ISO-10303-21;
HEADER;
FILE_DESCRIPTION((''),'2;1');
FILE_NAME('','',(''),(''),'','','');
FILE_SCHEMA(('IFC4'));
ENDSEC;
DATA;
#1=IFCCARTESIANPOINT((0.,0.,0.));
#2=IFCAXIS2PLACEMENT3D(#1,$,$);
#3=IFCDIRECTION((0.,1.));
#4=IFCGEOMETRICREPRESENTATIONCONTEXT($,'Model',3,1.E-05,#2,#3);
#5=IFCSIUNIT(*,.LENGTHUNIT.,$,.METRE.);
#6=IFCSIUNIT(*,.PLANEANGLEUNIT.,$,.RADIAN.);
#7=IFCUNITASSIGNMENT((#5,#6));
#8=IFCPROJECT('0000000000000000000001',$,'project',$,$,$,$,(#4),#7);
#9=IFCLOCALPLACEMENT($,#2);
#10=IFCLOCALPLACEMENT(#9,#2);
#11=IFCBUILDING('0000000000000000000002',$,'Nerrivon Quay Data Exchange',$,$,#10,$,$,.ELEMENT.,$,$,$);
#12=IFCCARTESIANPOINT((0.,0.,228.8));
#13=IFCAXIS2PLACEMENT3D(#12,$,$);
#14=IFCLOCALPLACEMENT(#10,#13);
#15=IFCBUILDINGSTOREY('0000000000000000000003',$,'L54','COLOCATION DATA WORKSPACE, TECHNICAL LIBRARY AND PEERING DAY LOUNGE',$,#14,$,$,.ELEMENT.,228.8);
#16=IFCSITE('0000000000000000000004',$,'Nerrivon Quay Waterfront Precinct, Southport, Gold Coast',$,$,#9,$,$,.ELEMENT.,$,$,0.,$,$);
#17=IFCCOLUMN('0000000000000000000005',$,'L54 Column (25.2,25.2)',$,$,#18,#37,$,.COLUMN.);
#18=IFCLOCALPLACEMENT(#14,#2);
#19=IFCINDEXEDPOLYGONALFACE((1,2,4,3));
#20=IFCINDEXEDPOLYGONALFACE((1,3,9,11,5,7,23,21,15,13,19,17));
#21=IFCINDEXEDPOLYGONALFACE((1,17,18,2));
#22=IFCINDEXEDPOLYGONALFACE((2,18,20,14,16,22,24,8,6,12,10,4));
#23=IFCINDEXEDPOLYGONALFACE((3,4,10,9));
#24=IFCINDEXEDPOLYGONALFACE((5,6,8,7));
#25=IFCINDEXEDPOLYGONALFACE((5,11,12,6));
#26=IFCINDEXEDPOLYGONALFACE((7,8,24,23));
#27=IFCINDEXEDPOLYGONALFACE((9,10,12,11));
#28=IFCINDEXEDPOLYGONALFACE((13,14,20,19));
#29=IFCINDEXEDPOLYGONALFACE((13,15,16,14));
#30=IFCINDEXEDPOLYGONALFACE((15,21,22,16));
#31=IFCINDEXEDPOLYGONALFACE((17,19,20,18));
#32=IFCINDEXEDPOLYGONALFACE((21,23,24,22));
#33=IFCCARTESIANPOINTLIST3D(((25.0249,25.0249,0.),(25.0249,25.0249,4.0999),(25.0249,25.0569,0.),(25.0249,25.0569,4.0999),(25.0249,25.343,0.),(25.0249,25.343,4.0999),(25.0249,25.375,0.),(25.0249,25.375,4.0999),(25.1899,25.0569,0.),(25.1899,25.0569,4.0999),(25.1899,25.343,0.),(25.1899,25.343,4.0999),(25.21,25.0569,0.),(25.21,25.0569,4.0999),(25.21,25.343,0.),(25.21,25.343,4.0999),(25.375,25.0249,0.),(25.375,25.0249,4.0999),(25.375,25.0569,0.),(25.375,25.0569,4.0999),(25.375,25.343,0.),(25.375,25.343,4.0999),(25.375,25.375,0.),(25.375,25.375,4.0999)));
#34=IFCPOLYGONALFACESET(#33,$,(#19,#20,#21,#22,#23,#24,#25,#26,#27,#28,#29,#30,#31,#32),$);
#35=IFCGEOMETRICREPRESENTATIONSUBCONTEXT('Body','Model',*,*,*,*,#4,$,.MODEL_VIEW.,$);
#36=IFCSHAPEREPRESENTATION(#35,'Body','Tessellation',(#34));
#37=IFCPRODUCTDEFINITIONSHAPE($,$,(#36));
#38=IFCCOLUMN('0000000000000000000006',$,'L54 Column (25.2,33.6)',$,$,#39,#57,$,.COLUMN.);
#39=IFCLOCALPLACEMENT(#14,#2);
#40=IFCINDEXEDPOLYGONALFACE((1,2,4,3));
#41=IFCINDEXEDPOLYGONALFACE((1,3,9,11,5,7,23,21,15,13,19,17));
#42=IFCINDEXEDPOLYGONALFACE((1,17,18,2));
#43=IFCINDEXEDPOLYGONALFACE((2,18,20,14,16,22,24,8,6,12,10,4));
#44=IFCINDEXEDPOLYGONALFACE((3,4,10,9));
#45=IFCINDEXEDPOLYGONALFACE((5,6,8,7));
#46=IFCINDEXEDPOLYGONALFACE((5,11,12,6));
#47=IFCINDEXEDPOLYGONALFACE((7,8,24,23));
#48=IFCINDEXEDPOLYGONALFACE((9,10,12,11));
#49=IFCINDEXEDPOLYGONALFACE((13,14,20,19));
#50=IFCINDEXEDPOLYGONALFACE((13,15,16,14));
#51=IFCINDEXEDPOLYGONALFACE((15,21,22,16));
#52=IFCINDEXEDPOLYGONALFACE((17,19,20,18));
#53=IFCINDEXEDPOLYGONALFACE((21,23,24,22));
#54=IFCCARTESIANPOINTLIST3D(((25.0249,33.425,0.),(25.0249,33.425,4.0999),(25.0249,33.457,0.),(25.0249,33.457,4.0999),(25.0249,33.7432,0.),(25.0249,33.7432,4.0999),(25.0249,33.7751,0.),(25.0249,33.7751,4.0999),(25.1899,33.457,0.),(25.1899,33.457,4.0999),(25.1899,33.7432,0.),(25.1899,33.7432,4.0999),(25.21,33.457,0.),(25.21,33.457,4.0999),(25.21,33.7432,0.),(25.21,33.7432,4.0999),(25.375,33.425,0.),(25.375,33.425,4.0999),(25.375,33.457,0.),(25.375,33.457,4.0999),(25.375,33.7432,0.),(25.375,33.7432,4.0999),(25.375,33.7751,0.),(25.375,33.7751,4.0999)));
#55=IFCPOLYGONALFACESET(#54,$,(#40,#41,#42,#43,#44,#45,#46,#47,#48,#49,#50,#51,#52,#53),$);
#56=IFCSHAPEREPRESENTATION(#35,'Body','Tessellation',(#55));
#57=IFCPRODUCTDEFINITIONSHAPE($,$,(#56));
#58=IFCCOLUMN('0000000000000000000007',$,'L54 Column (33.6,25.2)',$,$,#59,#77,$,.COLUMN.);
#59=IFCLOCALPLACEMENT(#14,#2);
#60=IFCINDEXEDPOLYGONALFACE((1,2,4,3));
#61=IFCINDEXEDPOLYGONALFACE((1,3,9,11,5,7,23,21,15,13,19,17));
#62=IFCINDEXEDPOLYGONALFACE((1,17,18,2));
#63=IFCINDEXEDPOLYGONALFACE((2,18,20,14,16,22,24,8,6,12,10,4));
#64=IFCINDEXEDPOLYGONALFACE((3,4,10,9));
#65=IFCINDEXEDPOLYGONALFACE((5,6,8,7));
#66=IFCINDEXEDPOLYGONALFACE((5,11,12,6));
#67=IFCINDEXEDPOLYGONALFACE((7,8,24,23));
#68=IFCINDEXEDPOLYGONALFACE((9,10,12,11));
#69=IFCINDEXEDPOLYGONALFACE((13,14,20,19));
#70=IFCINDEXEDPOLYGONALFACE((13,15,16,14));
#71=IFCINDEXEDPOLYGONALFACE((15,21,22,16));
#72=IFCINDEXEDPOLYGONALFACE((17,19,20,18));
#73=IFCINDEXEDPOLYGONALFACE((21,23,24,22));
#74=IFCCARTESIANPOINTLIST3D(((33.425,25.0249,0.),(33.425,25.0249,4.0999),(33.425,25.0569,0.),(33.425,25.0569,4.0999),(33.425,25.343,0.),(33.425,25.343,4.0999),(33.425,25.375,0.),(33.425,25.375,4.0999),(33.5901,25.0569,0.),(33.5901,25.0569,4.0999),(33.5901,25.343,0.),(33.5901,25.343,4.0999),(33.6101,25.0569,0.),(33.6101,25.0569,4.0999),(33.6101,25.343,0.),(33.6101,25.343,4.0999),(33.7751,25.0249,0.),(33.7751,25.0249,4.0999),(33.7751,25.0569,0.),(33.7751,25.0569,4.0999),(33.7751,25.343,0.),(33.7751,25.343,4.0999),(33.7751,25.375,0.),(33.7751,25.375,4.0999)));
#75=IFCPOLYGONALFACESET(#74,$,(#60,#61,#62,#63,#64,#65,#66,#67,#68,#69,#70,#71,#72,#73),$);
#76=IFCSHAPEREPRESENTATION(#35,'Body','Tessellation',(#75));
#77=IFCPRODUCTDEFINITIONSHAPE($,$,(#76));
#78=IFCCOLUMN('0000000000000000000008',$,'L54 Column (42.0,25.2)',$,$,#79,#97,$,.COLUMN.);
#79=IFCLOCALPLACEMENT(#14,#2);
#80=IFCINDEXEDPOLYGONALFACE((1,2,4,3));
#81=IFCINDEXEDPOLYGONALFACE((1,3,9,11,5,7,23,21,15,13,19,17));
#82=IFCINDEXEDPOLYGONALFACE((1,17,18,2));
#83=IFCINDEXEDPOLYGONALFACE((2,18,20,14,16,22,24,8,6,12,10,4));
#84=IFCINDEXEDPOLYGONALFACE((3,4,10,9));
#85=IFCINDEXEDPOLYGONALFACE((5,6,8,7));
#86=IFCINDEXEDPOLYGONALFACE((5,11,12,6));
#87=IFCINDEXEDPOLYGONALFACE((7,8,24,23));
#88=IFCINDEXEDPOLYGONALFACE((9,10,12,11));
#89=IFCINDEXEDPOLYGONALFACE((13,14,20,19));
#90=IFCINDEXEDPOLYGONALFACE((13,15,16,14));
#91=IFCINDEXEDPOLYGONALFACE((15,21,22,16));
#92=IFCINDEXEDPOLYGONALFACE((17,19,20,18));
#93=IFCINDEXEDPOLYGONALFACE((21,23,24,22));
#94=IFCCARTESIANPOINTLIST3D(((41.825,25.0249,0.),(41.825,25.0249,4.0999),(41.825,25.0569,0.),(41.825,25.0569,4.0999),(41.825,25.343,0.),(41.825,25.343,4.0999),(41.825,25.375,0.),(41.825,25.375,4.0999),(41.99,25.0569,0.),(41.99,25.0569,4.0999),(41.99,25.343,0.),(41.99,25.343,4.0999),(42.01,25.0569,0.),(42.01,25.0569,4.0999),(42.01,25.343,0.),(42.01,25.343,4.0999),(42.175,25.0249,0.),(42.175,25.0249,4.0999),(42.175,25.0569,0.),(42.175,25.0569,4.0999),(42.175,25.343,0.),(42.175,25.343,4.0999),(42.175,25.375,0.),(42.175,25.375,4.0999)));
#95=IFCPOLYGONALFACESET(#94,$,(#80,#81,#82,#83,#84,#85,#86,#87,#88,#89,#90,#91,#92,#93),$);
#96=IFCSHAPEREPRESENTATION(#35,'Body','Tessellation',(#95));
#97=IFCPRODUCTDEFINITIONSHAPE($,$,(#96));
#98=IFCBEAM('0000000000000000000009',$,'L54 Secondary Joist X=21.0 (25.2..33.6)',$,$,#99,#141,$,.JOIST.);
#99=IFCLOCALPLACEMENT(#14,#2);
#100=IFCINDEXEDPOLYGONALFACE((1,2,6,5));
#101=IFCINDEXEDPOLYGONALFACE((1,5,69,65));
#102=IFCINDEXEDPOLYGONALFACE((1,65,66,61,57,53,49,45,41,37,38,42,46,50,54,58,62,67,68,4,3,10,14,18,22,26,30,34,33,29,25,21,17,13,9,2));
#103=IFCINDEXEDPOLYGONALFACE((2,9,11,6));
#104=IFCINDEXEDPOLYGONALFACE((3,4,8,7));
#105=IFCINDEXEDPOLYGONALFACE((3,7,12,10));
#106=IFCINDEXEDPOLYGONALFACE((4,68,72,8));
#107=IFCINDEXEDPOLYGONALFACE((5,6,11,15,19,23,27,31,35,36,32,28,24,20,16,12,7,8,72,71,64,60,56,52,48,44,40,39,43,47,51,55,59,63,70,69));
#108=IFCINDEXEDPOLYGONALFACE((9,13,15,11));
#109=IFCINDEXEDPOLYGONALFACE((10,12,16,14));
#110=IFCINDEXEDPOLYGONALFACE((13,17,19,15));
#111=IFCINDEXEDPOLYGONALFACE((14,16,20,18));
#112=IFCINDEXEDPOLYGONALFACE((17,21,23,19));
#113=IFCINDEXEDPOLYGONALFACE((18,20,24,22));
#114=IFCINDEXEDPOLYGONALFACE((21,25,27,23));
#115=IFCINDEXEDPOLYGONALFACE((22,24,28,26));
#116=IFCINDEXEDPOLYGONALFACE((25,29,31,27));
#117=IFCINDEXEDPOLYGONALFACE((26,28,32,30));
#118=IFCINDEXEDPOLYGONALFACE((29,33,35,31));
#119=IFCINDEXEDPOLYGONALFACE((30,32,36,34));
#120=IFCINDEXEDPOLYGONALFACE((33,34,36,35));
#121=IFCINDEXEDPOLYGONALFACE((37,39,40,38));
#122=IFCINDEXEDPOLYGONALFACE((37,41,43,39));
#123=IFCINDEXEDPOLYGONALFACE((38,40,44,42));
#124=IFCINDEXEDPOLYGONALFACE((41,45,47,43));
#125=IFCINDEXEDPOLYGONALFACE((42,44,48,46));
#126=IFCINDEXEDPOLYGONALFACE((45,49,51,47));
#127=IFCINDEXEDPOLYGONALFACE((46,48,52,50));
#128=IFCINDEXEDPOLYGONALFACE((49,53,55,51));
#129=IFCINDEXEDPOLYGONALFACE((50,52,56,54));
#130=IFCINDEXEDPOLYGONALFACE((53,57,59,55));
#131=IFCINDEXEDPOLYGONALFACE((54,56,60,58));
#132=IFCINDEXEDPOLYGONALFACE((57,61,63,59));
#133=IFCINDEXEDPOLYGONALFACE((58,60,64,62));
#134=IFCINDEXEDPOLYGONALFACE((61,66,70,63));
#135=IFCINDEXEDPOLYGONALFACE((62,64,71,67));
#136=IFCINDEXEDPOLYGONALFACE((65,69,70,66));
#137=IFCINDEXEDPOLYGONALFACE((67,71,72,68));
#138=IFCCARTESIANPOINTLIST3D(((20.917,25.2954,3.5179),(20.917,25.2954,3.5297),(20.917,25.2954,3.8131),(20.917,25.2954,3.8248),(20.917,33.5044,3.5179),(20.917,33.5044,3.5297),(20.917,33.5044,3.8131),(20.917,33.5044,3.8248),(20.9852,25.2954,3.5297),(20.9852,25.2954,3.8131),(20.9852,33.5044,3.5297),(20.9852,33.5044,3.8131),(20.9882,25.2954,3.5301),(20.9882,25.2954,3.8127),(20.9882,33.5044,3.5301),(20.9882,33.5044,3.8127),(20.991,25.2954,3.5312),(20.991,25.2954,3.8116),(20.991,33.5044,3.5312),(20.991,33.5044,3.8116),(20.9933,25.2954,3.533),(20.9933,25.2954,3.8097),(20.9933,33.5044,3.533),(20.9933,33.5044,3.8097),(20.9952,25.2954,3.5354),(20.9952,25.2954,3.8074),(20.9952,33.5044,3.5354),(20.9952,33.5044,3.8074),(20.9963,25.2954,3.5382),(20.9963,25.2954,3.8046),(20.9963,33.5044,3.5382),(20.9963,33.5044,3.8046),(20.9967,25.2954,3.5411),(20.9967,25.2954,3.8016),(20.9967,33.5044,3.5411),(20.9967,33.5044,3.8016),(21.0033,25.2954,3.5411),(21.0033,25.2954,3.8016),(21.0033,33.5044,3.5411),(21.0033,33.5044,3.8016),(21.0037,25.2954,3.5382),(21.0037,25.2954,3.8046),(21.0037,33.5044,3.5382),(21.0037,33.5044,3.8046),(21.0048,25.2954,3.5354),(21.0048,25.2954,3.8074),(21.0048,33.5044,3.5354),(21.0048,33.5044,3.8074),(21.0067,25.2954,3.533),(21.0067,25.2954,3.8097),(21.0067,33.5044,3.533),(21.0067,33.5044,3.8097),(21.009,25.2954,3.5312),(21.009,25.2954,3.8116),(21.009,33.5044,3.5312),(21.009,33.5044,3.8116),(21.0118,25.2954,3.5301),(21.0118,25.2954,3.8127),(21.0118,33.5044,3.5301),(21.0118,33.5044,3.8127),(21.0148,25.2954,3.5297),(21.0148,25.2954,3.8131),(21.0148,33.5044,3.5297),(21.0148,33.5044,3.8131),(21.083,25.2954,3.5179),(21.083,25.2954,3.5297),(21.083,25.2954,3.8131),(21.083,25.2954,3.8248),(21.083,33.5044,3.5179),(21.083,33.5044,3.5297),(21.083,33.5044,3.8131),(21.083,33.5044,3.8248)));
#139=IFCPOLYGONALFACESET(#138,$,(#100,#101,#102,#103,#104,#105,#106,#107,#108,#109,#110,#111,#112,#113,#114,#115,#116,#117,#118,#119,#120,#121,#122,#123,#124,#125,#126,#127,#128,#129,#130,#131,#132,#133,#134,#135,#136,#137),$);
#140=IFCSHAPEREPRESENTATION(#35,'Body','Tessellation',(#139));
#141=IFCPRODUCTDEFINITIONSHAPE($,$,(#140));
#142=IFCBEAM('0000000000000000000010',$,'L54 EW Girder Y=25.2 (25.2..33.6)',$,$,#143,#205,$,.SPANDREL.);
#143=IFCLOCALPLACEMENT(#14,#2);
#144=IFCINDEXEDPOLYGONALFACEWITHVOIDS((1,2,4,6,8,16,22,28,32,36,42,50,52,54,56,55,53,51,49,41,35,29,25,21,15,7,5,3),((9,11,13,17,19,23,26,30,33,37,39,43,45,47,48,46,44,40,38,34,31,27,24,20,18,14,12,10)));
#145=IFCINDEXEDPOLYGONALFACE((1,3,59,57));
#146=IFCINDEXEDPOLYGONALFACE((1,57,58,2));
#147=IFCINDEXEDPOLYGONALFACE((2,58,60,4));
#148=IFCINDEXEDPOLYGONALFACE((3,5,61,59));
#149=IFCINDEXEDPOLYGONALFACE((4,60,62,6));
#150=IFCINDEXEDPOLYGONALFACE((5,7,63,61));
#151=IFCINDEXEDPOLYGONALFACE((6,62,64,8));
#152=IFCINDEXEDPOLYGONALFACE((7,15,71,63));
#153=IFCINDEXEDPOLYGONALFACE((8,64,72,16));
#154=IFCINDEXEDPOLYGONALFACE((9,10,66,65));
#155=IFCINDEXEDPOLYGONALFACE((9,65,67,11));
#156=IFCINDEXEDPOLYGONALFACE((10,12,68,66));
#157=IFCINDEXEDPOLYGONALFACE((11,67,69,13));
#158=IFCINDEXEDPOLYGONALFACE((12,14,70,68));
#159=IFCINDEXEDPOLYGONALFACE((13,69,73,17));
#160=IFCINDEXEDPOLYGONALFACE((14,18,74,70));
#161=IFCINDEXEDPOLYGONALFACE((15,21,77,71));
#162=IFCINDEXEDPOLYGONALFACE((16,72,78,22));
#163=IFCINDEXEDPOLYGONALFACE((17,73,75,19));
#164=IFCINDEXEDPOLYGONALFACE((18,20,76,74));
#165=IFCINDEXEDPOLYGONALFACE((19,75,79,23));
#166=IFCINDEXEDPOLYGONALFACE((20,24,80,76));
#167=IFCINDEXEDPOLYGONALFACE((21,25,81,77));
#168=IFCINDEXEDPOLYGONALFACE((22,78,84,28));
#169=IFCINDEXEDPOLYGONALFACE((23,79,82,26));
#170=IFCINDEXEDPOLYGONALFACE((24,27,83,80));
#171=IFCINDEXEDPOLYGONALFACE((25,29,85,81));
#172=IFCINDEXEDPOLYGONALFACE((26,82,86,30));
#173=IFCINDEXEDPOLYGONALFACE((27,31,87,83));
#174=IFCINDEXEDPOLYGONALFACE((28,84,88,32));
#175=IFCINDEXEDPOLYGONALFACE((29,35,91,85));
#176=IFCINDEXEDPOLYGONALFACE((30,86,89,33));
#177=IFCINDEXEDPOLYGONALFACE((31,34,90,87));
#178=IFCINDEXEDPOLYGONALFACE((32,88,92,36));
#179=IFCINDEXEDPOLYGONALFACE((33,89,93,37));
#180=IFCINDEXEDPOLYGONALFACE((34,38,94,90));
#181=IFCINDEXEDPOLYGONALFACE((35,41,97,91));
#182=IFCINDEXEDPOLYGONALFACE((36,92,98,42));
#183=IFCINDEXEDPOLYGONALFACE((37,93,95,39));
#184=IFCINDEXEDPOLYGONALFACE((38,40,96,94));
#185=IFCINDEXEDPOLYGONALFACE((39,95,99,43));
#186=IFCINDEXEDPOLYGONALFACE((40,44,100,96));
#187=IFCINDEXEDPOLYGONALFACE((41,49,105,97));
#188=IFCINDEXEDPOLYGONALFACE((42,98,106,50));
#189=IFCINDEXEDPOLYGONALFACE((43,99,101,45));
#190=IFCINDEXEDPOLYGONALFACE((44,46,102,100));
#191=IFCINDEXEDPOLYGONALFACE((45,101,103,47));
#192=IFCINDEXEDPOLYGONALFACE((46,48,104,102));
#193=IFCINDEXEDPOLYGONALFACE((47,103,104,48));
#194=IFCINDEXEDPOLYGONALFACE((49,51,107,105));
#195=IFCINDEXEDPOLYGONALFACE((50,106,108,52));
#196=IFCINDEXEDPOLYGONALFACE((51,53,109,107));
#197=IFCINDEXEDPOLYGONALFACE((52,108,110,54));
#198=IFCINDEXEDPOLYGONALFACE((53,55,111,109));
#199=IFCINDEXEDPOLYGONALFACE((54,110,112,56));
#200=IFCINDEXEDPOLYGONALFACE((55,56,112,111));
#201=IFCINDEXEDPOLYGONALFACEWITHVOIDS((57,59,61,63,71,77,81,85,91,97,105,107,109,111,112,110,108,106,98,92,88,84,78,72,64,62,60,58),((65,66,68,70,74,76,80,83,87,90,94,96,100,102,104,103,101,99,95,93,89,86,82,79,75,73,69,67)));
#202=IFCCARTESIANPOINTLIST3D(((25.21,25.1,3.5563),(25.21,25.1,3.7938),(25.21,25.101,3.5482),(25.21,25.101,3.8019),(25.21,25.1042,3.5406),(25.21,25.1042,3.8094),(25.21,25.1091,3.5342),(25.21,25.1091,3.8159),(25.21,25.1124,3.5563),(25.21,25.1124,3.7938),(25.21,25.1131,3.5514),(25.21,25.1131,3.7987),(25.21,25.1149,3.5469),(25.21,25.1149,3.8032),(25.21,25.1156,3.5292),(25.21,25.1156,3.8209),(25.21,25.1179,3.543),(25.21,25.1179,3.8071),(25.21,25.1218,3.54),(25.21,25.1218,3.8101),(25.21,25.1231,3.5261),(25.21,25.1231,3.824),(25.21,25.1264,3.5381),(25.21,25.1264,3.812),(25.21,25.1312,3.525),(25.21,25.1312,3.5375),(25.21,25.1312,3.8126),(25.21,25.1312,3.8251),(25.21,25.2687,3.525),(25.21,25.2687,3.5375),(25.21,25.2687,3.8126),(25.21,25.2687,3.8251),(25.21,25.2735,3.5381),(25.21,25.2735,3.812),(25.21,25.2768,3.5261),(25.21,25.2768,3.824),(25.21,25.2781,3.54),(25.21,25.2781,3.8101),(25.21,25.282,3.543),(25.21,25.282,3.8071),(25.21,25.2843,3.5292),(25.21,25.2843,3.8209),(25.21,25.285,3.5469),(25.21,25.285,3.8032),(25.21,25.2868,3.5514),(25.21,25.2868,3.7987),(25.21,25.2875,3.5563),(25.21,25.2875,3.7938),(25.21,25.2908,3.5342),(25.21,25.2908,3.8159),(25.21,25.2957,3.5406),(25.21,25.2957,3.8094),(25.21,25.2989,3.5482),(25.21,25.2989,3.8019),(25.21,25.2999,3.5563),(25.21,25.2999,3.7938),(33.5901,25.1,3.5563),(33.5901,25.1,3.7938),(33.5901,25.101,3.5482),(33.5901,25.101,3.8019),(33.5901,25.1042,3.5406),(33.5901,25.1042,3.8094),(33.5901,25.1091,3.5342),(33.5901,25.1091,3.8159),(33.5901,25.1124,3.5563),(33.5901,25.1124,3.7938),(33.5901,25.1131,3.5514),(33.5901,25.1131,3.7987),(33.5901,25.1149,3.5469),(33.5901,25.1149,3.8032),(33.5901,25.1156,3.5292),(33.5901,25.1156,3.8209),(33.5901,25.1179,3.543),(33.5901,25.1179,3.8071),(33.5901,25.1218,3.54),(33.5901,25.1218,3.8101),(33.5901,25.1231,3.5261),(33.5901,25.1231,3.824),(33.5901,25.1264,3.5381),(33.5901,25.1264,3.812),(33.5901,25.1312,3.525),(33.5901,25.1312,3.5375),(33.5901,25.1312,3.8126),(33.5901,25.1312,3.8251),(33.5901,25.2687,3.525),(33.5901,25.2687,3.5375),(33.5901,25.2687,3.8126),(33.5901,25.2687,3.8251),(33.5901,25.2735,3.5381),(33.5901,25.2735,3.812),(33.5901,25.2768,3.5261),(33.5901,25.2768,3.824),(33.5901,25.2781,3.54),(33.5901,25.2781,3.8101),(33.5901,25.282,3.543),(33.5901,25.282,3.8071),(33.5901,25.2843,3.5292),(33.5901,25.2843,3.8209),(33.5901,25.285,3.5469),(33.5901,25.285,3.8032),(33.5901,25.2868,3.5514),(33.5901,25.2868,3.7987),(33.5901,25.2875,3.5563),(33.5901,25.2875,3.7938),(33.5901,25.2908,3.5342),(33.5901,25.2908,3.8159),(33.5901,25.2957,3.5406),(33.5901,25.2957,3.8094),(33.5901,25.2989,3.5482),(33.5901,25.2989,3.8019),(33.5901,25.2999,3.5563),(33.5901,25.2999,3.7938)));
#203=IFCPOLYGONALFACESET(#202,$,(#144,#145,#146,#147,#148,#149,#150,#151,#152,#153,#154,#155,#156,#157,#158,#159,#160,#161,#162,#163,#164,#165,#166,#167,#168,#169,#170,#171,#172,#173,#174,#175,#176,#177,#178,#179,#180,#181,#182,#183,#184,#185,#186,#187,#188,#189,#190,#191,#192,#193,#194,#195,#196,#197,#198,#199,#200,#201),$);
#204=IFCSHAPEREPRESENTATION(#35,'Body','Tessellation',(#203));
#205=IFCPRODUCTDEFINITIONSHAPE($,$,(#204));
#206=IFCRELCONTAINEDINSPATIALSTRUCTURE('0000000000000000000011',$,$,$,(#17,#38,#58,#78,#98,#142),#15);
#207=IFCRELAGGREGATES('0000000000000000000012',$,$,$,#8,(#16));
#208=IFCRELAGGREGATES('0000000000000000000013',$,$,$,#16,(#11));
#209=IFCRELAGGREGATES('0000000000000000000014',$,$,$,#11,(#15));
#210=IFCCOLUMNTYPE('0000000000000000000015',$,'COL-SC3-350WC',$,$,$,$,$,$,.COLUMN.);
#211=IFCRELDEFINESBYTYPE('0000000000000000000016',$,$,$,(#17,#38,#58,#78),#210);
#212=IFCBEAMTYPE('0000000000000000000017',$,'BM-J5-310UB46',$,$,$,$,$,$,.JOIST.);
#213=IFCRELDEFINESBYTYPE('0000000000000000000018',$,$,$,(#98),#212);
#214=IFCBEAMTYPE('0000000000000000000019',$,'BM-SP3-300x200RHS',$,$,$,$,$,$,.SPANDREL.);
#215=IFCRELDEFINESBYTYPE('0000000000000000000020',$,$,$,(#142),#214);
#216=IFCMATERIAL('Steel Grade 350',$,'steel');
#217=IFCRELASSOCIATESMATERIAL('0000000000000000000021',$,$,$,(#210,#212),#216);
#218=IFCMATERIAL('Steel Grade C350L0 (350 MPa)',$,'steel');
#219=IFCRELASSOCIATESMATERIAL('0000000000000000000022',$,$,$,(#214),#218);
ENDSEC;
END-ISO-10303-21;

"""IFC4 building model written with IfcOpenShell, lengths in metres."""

from ifc_helpers import new_model, si_unit, direction, frame, origin, origin_2d, place, context, subcontext, project, spatial, hollow_rectangle, i_section, extrude, material, material_profile, profile_set, type_object, element, save


model = new_model("IFC4")

# Units and contexts
model_context = context("Model", 3, precision=1e-05, world=origin(), true_north=direction((0.0, 1.0)))
body_context = subcontext(model_context, "Body", "Model", "MODEL_VIEW")
ifc_project = project(units=[si_unit("LENGTHUNIT", "METRE"), si_unit("PLANEANGLEUNIT", "RADIAN")], contexts=[model_context])

# Site, building, storey
site_placement = place(None, origin())
site = spatial("IfcSite", under=ifc_project, at=site_placement, Name="Nerrivon Quay Waterfront Precinct, Southport, Gold Coast", CompositionType="ELEMENT", RefElevation=0.0)
building_placement = place(site_placement, origin())
building = spatial("IfcBuilding", under=site, at=building_placement, Name="Nerrivon Quay Data Exchange", CompositionType="ELEMENT")
storey_placement = place(building_placement, frame((0.0, 0.0, 228.8)))
storey = spatial("IfcBuildingStorey", under=building, at=storey_placement, Name="L54", Description="COLOCATION DATA WORKSPACE, TECHNICAL LIBRARY AND PEERING DAY LOUNGE", CompositionType="ELEMENT", Elevation=228.8)

# Columns
ifc_material_1 = material(Name="Steel Grade 350", Category="steel")
ifc_material_profile_1 = material_profile(ifc_material_1, i_section(OverallWidth=0.3501, OverallDepth=0.3501, WebThickness=0.02, FlangeThickness=0.032, at=origin_2d()), Name="350WC230")
ifc_profile_set_1 = profile_set([ifc_material_profile_1], Name="Steel Grade 350")
column_type = type_object("IfcColumnType", Name="COL-SC3-350WC", PredefinedType="COLUMN", material=ifc_profile_set_1)
for number, where, z_axis, x_axis, name in (
    (1, (25.2, 25.2, 0.0), (0.0, 0.0, 1.0), (1.0, 0.0, 0.0), "L54 Column (25.2,25.2)"),
    (2, (25.2, 33.6001, 0.0), (0.0, 0.0, 1.0), (1.0, 0.0, 0.0), "L54 Column (25.2,33.6)"),
    (3, (33.6001, 25.2, 0.0), (0.0, 0.0, 1.0), (1.0, 0.0, 0.0), "L54 Column (33.6,25.2)"),
    (4, (42.0, 25.2, 0.0), (0.0, 0.0, 1.0), (1.0, 0.0, 0.0), "L54 Column (42.0,25.2)"),
):
    element("IfcColumn", number, at=place(storey_placement, frame(where, z_axis=z_axis, x_axis=x_axis)), inside=storey, type_object=column_type, Name=name, PredefinedType="COLUMN", context=body_context, shape_type="SweptSolid", body=[
        extrude(i_section(OverallWidth=0.3501, OverallDepth=0.3501, WebThickness=0.02, FlangeThickness=0.032, at=origin_2d()), origin(), (0.0, 0.0, 1.0), 4.0999),
    ])

# Beams
ifc_material_profile_2 = material_profile(ifc_material_1, i_section(OverallWidth=0.166, OverallDepth=0.3069, WebThickness=0.0066, FlangeThickness=0.0117, FilletRadius=0.0115, at=origin_2d()), Name="310UB46.2")
ifc_profile_set_2 = profile_set([ifc_material_profile_2], Name="Steel Grade 350")
beam_type_1 = type_object("IfcBeamType", Name="BM-J5-310UB46", PredefinedType="JOIST", material=ifc_profile_set_2)
beam_1_placement = place(storey_placement, frame((21.0, 25.2954, 3.6714), z_axis=(0.0, 1.0, 0.0), x_axis=(-1.0, 0.0, 0.0)))
element("IfcBeam", 5, at=beam_1_placement, inside=storey, type_object=beam_type_1, Name="L54 Secondary Joist X=21.0 (25.2..33.6)", PredefinedType="JOIST", context=body_context, shape_type="SweptSolid", body=[
    extrude(i_section(OverallWidth=0.166, OverallDepth=0.3069, WebThickness=0.0066, FlangeThickness=0.0117, FilletRadius=0.0115, at=origin_2d()), origin(), (0.0, 0.0, 1.0), 8.209),
])
ifc_material_2 = material(Name="Steel Grade C350L0 (350 MPa)", Category="steel")
ifc_material_profile_3 = material_profile(ifc_material_2, hollow_rectangle(XDim=0.2, YDim=0.3, WallThickness=0.0125, InnerFilletRadius=0.0188, OuterFilletRadius=0.0312, at=origin_2d()), Name="300x200x12.5RHS")
ifc_profile_set_3 = profile_set([ifc_material_profile_3], Name="Steel Grade C350L0 (350 MPa)")
beam_type_2 = type_object("IfcBeamType", Name="BM-SP3-300x200RHS", PredefinedType="SPANDREL", material=ifc_profile_set_3)
beam_2_placement = place(storey_placement, frame((25.21, 25.2, 3.675), z_axis=(1.0, 0.0, 0.0), x_axis=(0.0, 1.0, 0.0)))
element("IfcBeam", 6, at=beam_2_placement, inside=storey, type_object=beam_type_2, Name="L54 EW Girder Y=25.2 (25.2..33.6)", PredefinedType="SPANDREL", context=body_context, shape_type="SweptSolid", body=[
    extrude(hollow_rectangle(XDim=0.2, YDim=0.3, WallThickness=0.0125, InnerFilletRadius=0.0188, OuterFilletRadius=0.0312, at=origin_2d()), origin(), (0.0, 0.0, 1.0), 8.3801),
])

save(model, "model.ifc")
